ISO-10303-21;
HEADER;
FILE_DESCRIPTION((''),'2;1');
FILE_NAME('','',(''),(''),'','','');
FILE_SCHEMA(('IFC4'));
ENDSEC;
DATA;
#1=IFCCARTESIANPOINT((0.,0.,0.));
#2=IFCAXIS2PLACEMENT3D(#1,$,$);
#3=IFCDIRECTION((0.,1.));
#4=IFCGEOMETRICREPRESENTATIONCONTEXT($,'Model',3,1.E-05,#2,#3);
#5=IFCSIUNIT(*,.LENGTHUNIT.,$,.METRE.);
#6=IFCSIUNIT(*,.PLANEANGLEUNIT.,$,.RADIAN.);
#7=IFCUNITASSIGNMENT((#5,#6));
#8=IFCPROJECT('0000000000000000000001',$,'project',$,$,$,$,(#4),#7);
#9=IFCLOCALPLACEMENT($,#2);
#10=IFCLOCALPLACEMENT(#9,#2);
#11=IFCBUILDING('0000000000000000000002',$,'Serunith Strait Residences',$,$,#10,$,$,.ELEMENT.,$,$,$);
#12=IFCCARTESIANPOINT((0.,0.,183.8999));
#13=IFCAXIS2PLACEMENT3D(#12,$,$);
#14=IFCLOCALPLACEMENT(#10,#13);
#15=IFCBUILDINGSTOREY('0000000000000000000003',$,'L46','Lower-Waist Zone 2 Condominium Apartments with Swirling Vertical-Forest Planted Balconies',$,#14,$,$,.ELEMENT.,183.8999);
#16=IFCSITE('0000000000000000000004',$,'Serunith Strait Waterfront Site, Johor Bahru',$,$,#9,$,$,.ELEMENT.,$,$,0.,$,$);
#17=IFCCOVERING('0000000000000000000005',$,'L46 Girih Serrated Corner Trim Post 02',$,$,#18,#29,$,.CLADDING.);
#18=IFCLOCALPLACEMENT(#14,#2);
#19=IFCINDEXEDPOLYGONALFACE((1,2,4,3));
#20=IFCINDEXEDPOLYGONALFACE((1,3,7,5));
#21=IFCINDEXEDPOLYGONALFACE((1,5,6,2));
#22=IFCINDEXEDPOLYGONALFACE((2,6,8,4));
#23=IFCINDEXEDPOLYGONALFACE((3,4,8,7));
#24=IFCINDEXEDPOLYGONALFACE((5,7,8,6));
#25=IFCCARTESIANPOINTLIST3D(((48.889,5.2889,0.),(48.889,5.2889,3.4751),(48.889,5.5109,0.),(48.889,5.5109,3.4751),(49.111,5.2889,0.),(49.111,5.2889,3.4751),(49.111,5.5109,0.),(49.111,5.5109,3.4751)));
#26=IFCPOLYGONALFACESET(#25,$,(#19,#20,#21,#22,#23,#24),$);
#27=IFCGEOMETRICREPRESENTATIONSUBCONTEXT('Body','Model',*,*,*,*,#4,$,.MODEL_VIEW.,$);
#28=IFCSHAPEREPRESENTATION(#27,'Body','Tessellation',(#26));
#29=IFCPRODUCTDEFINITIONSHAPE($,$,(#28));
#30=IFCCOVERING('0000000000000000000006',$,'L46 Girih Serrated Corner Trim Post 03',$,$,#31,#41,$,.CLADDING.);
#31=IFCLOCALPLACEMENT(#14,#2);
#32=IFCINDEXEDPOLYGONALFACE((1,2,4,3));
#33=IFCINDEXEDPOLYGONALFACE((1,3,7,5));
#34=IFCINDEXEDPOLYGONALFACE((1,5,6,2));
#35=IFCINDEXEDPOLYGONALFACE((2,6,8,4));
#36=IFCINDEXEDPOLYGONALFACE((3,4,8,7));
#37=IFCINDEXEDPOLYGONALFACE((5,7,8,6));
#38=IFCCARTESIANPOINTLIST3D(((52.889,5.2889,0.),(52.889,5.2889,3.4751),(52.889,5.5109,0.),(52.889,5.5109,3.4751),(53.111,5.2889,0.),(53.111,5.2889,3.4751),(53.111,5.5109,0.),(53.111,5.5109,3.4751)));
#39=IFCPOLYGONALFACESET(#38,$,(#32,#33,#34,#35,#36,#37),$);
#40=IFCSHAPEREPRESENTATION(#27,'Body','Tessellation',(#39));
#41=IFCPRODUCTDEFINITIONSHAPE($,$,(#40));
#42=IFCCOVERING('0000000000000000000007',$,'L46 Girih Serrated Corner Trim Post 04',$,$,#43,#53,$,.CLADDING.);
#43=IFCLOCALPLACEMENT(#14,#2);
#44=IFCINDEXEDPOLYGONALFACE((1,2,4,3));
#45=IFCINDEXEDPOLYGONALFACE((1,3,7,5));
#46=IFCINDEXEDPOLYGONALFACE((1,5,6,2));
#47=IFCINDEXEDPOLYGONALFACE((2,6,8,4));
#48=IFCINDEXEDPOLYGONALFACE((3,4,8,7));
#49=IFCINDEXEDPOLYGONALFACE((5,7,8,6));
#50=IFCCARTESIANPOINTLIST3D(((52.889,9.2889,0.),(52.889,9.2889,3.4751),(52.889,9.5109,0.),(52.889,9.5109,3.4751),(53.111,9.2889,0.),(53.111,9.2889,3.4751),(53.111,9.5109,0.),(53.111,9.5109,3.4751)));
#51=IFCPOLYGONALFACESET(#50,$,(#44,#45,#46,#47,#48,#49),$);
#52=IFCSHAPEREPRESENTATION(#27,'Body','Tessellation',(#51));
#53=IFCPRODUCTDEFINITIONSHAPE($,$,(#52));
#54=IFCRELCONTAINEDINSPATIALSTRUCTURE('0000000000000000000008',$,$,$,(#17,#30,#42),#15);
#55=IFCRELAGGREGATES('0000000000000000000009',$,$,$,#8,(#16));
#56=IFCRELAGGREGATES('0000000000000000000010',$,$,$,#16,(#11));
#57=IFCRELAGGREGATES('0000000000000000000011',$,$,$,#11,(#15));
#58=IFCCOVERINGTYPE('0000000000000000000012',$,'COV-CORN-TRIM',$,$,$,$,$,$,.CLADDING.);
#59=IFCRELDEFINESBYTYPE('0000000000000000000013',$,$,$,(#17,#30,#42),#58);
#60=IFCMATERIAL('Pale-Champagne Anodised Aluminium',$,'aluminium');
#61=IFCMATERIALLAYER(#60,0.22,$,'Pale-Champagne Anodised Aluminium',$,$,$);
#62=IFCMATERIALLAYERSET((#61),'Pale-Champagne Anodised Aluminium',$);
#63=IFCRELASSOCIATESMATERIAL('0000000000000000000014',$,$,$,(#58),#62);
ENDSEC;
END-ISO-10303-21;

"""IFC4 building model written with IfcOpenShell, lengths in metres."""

from ifc_helpers import new_model, si_unit, direction, frame, origin, origin_2d, place, context, subcontext, project, spatial, rectangle, extrude, source, transform, mapped, material, layer, layer_set, type_object, element, save


model = new_model("IFC4")

# Units and contexts
model_context = context("Model", 3, precision=1e-05, world=origin(), true_north=direction((0.0, 1.0)))
body_context = subcontext(model_context, "Body", "Model", "MODEL_VIEW")
ifc_project = project(units=[si_unit("LENGTHUNIT", "METRE"), si_unit("PLANEANGLEUNIT", "RADIAN")], contexts=[model_context])

# Site, building, storey
site_placement = place(None, origin())
site = spatial("IfcSite", under=ifc_project, at=site_placement, Name="Serunith Strait Waterfront Site, Johor Bahru", CompositionType="ELEMENT", RefElevation=0.0)
building_placement = place(site_placement, origin())
building = spatial("IfcBuilding", under=site, at=building_placement, Name="Serunith Strait Residences", CompositionType="ELEMENT")
storey_placement = place(building_placement, frame((0.0, 0.0, 183.8999)))
storey = spatial("IfcBuildingStorey", under=building, at=storey_placement, Name="L46", Description="Lower-Waist Zone 2 Condominium Apartments with Swirling Vertical-Forest Planted Balconies", CompositionType="ELEMENT", Elevation=183.8999)

# Shared definitions
ifc_material_1 = material(Name="Pale-Champagne Anodised Aluminium", Category="aluminium")

# Coverings
ifc_layer_1 = layer(ifc_material_1, 0.22, Name="Pale-Champagne Anodised Aluminium")
ifc_layer_set_1 = layer_set([ifc_layer_1], Name="Pale-Champagne Anodised Aluminium")
covering_type = type_object("IfcCoveringType", Name="COV-CORN-TRIM", PredefinedType="CLADDING", material=ifc_layer_set_1)
shared_shape_1 = source(origin(), body_context, "Body", "SweptSolid", [
    extrude(rectangle(XDim=0.2219, YDim=0.2219, at=origin_2d()), origin(), (0.0, 0.0, 1.0), 3.4751),
])
for number, where, z_axis, x_axis, name in (
    (1, (49.0, 5.3999, 0.0), (0.0, 0.0, 1.0), (1.0, 0.0, 0.0), "L46 Girih Serrated Corner Trim Post 02"),
    (2, (53.0, 5.3999, 0.0), (0.0, 0.0, 1.0), (1.0, 0.0, 0.0), "L46 Girih Serrated Corner Trim Post 03"),
    (3, (53.0, 9.3999, 0.0), (0.0, 0.0, 1.0), (1.0, 0.0, 0.0), "L46 Girih Serrated Corner Trim Post 04"),
):
    element("IfcCovering", number, at=place(storey_placement, frame(where, z_axis=z_axis, x_axis=x_axis)), inside=storey, type_object=covering_type, Name=name, PredefinedType="CLADDING", context=body_context, shape_type="MappedRepresentation", body=[
        mapped(shared_shape_1, transform((0.0, 0.0, 0.0), scale=1.0)),
    ])

save(model, "model.ifc")
